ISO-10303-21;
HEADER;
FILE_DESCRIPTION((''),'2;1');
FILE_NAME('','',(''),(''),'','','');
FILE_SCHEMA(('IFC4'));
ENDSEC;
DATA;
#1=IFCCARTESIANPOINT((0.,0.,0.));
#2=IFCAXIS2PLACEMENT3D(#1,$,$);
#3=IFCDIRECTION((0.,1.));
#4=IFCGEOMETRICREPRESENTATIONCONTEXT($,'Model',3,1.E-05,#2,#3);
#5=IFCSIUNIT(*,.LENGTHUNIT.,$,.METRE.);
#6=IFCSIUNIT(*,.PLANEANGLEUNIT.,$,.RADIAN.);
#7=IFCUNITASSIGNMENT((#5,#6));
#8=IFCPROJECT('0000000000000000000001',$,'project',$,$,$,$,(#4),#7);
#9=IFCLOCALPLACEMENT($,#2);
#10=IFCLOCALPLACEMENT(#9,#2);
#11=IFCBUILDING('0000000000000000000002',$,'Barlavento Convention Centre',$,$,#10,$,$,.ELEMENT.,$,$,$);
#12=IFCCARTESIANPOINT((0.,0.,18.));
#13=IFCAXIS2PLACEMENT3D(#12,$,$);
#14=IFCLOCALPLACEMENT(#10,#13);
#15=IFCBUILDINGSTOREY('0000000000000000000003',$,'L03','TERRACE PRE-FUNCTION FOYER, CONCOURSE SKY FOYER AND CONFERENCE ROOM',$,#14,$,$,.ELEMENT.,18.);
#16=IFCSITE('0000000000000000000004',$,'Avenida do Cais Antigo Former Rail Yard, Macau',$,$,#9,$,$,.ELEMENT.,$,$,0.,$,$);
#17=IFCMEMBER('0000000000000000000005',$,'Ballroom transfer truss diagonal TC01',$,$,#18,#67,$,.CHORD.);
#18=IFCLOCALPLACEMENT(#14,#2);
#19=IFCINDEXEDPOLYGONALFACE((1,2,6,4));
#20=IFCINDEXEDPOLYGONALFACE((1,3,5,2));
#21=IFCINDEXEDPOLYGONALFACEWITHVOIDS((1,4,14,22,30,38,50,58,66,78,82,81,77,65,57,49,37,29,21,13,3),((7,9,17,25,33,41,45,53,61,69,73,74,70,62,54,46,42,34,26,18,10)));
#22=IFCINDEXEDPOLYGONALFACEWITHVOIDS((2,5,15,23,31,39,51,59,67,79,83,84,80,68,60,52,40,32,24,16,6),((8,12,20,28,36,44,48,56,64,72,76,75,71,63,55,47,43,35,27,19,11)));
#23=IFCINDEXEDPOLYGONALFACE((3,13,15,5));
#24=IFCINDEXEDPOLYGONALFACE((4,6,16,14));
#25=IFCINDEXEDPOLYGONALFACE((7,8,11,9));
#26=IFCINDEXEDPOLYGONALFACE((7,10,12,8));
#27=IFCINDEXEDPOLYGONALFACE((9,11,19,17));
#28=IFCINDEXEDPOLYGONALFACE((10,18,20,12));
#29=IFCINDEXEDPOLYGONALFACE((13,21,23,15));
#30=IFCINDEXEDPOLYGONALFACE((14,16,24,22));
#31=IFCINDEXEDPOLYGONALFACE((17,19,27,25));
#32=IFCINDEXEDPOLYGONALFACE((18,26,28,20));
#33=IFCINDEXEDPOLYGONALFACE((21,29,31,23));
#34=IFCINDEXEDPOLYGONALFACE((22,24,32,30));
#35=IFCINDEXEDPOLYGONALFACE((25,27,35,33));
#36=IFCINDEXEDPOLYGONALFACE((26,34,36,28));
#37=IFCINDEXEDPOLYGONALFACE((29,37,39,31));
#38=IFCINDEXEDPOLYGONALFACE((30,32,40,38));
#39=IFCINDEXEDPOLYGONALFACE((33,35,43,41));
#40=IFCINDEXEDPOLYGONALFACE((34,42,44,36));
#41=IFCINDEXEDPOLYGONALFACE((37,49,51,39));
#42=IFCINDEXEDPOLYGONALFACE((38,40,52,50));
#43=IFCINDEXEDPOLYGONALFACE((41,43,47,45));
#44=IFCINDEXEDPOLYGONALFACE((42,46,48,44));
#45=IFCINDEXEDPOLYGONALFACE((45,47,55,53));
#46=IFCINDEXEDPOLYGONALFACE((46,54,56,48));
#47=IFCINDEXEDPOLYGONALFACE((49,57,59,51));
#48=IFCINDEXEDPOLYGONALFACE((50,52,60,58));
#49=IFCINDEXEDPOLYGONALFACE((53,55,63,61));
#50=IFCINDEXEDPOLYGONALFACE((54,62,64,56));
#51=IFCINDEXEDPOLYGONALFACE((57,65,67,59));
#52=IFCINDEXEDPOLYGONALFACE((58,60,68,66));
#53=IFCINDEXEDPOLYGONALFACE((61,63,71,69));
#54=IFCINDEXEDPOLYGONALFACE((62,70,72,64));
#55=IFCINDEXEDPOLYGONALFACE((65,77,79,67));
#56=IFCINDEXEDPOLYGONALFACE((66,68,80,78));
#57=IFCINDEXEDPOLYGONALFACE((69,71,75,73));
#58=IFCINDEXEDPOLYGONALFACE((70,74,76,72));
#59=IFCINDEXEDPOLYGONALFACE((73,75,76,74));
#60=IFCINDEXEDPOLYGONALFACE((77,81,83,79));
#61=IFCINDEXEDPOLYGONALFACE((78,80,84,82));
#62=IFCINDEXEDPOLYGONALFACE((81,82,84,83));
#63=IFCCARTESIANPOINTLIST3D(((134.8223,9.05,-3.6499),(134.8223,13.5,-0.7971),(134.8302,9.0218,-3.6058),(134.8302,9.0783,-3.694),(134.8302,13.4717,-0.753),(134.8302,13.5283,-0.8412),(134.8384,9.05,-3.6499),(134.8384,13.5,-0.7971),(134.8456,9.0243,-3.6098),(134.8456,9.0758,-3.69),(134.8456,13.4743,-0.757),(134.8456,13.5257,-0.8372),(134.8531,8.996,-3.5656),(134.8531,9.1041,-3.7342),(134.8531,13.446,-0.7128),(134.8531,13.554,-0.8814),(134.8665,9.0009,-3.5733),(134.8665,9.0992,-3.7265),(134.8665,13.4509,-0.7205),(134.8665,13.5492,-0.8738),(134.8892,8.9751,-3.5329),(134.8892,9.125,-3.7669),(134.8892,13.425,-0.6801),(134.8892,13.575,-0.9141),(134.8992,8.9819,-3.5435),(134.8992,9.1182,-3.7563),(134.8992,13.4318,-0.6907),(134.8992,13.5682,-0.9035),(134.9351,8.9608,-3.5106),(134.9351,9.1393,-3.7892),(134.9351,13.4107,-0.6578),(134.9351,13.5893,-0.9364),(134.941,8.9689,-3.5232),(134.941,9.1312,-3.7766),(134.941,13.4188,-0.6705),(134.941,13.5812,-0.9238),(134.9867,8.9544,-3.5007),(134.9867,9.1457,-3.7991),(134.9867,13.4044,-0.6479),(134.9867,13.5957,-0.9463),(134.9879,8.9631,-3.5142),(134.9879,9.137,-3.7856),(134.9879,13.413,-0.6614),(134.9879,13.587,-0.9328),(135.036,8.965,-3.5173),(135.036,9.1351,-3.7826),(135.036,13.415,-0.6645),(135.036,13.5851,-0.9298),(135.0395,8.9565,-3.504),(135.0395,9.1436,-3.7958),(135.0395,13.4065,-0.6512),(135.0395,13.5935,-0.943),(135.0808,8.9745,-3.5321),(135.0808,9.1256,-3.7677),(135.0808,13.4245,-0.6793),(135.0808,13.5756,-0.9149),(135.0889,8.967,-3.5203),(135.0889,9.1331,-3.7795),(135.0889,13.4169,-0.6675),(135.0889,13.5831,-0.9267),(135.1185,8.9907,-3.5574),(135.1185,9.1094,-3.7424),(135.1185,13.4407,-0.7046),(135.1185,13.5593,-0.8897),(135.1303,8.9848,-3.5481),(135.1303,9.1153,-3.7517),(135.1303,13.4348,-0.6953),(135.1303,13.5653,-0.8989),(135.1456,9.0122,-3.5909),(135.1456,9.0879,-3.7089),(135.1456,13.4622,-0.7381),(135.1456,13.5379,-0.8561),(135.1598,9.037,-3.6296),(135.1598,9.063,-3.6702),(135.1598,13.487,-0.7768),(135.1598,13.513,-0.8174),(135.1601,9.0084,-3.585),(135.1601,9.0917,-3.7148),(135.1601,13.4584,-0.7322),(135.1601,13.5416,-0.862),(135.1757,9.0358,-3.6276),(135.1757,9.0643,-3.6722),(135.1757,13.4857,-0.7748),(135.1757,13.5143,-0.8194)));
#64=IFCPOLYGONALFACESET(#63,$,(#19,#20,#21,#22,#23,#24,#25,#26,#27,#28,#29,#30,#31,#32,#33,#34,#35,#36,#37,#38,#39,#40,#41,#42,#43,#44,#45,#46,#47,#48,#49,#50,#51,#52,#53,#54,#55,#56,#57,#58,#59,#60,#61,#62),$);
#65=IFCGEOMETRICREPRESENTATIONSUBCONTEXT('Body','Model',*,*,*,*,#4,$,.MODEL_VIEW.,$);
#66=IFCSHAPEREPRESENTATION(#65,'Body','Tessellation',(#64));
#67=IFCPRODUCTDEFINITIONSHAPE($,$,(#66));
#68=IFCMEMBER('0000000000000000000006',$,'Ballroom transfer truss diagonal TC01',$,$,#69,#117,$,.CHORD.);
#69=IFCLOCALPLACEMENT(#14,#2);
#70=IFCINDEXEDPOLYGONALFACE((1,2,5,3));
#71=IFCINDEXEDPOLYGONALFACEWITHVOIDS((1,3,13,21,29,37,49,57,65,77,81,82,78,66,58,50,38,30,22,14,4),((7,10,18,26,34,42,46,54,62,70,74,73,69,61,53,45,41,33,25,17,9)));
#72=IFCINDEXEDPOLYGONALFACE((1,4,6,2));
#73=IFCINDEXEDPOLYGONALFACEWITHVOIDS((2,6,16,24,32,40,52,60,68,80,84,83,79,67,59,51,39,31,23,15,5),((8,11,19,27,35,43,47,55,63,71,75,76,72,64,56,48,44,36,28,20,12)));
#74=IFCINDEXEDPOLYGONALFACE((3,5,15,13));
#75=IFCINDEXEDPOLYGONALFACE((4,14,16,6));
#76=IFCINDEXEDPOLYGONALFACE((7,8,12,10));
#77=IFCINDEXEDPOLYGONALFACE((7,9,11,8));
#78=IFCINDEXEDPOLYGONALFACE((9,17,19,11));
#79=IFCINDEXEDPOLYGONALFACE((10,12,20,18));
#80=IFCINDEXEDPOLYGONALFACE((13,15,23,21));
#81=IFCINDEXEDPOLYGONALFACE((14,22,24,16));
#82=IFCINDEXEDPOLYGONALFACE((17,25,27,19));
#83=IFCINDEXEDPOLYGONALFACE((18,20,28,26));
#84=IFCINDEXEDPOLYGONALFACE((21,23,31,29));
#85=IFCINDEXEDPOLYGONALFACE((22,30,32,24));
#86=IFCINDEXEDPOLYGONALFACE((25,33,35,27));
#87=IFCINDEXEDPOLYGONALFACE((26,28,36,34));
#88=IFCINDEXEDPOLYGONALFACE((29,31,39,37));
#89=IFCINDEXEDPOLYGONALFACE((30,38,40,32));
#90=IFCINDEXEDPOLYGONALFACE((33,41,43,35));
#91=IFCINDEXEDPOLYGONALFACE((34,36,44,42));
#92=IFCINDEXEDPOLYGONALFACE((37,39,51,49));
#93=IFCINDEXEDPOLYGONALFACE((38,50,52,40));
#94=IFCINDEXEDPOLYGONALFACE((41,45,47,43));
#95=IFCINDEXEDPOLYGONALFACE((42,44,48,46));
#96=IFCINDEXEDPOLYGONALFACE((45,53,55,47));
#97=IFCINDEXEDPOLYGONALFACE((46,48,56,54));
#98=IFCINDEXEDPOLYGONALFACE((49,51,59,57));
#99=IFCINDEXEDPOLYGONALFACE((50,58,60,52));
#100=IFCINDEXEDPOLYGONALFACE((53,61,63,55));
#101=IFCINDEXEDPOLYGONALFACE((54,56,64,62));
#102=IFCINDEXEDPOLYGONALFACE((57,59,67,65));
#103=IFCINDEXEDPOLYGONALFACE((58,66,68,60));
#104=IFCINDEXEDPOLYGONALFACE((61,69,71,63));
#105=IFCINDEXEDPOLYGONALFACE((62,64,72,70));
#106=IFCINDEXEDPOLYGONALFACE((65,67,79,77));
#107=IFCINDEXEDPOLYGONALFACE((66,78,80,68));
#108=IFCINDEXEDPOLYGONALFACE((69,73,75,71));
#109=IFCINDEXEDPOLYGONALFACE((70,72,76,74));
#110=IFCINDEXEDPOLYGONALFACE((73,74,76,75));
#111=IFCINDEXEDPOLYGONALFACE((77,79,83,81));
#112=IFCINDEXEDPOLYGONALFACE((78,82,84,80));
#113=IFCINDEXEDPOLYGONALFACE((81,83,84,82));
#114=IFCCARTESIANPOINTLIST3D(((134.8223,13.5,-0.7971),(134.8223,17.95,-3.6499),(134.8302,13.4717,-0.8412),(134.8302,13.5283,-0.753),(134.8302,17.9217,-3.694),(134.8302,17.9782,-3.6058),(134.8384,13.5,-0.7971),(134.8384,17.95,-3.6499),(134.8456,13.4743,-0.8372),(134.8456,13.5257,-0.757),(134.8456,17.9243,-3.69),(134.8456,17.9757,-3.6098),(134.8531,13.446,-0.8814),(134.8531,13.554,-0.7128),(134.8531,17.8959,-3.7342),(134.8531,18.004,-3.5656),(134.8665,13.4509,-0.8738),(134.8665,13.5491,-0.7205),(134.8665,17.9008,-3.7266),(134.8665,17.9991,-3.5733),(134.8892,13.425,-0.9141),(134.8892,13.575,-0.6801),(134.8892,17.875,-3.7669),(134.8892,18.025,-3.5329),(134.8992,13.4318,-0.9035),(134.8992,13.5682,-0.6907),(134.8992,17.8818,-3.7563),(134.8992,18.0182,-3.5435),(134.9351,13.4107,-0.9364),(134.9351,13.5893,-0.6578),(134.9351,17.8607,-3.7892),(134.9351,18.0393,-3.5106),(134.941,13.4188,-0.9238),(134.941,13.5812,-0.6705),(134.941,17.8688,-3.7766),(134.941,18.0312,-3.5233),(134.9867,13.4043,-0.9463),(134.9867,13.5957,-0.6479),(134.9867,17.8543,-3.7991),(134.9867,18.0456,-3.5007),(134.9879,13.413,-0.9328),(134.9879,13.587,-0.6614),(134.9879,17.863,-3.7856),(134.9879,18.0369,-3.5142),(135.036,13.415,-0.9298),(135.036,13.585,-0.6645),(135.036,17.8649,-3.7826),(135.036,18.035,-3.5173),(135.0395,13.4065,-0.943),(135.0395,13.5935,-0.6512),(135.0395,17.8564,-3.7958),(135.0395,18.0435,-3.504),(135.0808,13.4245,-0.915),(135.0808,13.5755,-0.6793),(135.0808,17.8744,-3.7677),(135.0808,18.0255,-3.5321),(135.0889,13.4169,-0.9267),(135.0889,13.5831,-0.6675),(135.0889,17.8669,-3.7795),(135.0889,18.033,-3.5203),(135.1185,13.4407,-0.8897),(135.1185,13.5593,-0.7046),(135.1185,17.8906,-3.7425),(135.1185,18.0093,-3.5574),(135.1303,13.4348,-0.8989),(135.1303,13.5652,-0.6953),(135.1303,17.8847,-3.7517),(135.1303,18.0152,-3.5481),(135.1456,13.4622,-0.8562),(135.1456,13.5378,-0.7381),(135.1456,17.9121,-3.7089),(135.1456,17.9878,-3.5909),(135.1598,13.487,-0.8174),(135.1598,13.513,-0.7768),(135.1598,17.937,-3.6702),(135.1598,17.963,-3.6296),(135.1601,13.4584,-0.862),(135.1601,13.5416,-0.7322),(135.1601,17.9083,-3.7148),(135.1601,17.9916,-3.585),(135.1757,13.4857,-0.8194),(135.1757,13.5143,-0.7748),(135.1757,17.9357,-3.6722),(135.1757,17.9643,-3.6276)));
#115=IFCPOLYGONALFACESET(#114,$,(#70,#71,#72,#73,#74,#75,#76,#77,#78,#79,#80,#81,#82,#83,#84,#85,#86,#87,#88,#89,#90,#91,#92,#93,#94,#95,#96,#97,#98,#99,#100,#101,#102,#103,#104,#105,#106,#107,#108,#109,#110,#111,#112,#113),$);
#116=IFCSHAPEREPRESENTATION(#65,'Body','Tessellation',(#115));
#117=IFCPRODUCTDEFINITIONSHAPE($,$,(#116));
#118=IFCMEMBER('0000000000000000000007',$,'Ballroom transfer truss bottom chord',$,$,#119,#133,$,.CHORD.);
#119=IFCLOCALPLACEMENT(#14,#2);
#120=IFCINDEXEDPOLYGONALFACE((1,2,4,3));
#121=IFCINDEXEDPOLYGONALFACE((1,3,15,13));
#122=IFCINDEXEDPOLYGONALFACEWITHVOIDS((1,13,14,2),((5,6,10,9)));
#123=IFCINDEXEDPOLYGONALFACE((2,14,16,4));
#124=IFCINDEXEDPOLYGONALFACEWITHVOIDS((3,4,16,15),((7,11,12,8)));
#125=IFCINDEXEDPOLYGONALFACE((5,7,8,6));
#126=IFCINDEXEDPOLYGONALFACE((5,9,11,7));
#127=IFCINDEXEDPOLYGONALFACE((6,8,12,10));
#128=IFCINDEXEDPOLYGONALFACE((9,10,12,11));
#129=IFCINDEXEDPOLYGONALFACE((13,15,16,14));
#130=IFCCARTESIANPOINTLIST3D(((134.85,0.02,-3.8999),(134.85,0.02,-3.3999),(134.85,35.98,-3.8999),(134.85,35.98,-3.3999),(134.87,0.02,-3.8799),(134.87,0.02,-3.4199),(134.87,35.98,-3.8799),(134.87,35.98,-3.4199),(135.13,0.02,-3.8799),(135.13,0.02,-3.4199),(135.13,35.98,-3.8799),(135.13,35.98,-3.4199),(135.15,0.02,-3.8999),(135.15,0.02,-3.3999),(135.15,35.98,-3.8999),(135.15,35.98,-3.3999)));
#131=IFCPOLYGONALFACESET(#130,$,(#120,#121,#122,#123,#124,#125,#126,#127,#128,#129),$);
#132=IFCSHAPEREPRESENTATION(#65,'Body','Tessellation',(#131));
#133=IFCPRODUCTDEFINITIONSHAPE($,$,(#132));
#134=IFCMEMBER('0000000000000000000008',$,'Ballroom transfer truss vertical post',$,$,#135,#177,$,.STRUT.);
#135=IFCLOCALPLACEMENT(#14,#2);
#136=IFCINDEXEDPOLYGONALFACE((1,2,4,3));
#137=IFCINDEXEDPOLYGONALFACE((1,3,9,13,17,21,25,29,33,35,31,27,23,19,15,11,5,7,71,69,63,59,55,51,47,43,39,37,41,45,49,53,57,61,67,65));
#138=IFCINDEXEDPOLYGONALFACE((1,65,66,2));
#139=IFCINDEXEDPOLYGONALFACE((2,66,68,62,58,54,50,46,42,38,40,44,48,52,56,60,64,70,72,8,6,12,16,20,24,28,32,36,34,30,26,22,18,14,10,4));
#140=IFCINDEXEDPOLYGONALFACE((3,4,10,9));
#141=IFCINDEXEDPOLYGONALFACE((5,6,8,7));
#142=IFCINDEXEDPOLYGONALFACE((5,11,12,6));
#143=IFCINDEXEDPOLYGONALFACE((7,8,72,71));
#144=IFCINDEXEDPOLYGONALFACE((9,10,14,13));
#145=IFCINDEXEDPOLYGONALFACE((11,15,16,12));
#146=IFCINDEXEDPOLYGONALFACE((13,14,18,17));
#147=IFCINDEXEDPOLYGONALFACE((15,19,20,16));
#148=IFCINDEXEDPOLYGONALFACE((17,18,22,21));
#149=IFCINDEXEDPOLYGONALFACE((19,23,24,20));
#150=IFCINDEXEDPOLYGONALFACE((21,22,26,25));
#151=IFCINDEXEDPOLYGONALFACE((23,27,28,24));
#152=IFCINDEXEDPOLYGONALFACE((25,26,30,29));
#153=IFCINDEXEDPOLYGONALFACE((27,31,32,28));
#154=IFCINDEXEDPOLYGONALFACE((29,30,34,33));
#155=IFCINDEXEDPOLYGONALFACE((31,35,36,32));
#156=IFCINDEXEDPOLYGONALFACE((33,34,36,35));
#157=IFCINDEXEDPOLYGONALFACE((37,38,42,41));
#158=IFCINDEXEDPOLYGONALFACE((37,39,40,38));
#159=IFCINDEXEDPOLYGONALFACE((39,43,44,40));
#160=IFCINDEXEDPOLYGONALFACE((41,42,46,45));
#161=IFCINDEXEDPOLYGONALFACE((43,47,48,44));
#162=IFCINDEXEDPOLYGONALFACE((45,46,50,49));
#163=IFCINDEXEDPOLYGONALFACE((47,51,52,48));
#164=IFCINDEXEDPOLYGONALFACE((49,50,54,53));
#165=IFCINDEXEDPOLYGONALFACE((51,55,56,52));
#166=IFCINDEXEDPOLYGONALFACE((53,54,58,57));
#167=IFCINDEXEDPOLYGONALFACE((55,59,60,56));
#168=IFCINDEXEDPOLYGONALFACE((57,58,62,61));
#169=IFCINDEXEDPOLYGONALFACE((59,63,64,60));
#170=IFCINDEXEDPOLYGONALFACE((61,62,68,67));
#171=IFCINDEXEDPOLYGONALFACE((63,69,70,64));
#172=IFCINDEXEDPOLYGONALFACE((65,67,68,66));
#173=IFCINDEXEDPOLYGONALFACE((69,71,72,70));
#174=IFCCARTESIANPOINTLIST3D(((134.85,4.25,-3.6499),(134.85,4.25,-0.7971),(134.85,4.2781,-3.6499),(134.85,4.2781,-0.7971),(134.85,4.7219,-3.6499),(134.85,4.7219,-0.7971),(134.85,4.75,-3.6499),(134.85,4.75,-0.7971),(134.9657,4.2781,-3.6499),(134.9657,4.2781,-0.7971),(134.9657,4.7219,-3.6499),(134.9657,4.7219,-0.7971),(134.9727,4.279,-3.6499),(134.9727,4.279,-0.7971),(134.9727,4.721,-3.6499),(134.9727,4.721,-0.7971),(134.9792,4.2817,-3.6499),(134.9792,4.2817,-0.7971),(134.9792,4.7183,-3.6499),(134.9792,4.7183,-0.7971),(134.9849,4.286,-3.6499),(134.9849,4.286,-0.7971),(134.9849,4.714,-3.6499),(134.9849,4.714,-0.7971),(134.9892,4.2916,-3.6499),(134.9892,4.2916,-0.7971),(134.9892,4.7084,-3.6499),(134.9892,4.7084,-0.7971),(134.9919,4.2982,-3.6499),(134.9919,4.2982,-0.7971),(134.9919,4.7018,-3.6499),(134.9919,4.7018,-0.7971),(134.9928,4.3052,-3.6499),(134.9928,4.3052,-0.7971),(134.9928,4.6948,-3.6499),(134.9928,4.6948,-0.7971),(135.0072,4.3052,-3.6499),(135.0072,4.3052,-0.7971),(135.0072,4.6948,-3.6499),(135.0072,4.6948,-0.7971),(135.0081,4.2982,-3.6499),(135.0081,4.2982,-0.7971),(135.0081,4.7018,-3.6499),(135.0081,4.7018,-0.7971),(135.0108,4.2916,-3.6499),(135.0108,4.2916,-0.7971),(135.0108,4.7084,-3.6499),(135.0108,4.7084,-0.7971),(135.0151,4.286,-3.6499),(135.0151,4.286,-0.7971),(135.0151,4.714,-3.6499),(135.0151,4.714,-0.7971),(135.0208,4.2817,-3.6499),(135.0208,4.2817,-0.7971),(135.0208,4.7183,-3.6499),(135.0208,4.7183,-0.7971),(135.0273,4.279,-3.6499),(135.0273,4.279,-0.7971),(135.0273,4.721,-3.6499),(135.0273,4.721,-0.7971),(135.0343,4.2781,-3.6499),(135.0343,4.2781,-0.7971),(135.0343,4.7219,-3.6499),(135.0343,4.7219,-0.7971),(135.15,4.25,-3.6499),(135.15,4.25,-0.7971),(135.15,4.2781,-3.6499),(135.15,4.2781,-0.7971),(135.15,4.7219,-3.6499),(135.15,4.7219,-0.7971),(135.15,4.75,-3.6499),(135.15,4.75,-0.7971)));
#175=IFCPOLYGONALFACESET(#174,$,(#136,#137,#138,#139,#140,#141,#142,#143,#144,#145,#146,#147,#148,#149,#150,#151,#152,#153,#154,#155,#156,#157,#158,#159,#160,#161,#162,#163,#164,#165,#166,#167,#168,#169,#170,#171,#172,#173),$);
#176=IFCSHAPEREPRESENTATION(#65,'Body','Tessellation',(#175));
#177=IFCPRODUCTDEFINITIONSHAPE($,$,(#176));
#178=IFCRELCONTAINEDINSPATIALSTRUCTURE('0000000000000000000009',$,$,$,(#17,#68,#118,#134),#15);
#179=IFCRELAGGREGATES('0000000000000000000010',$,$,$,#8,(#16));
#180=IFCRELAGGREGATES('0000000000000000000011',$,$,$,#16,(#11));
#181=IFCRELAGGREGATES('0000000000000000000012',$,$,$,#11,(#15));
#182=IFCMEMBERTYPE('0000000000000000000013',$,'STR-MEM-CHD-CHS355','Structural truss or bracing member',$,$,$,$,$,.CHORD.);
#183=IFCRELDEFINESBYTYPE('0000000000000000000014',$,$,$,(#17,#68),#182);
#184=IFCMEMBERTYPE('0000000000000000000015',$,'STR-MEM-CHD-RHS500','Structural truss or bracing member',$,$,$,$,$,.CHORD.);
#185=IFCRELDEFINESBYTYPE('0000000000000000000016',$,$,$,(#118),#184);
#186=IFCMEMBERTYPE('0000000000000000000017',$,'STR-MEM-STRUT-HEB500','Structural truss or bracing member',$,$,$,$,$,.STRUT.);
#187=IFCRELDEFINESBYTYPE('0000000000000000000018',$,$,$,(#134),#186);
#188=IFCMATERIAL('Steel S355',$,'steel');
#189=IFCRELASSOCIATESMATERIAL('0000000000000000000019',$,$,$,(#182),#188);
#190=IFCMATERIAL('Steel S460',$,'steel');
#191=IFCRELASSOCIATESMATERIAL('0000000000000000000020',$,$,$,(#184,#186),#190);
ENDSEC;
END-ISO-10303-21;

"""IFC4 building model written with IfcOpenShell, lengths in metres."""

from ifc_helpers import new_model, si_unit, direction, frame, origin, origin_2d, place, context, subcontext, project, spatial, hollow_rectangle, hollow_circle, i_section, extrude, material, material_profile, profile_set, type_object, element, save


model = new_model("IFC4")

# Units and contexts
model_context = context("Model", 3, precision=1e-05, world=origin(), true_north=direction((0.0, 1.0)))
body_context = subcontext(model_context, "Body", "Model", "MODEL_VIEW")
ifc_project = project(units=[si_unit("LENGTHUNIT", "METRE"), si_unit("PLANEANGLEUNIT", "RADIAN")], contexts=[model_context])

# Site, building, storey
site_placement = place(None, origin())
site = spatial("IfcSite", under=ifc_project, at=site_placement, Name="Avenida do Cais Antigo Former Rail Yard, Macau", CompositionType="ELEMENT", RefElevation=0.0)
building_placement = place(site_placement, origin())
building = spatial("IfcBuilding", under=site, at=building_placement, Name="Barlavento Convention Centre", CompositionType="ELEMENT")
storey_placement = place(building_placement, frame((0.0, 0.0, 18.0)))
storey = spatial("IfcBuildingStorey", under=building, at=storey_placement, Name="L03", Description="TERRACE PRE-FUNCTION FOYER, CONCOURSE SKY FOYER AND CONFERENCE ROOM", CompositionType="ELEMENT", Elevation=18.0)

# Shared definitions
ifc_material_1 = material(Name="Steel S355", Category="steel")

# Shared definitions
ifc_material_2 = material(Name="Steel S460", Category="steel")

# Members
ifc_material_profile_1 = material_profile(ifc_material_1, hollow_circle(Radius=0.1777, WallThickness=0.0161, at=origin_2d()), Name="CHS 355.6x16.0")
ifc_profile_set_1 = profile_set([ifc_material_profile_1], Name="Steel S355")
member_type_1 = type_object("IfcMemberType", Name="STR-MEM-CHD-CHS355", Description="Structural truss or bracing member", PredefinedType="CHORD", material=ifc_profile_set_1)
for number, where, z_axis, x_axis, name in (
    (1, (135.0, 9.05, -3.6499), (0.0, 0.841858, 0.5397), (-1.0, 0.0, 0.0), "Ballroom transfer truss diagonal TC01"),
    (2, (135.0, 13.5, -0.7971), (0.0, 0.841858, -0.5397), (-1.0, 0.0, 0.0), "Ballroom transfer truss diagonal TC01"),
):
    element("IfcMember", number, at=place(storey_placement, frame(where, z_axis=z_axis, x_axis=x_axis)), inside=storey, type_object=member_type_1, Name=name, PredefinedType="CHORD", context=body_context, shape_type="SweptSolid", body=[
        extrude(hollow_circle(Radius=0.1777, WallThickness=0.0161, at=origin_2d()), origin(), (0.0, 0.0, 1.0), 5.2859),
    ])
ifc_material_profile_2 = material_profile(ifc_material_2, hollow_rectangle(XDim=0.3, YDim=0.5, WallThickness=0.02, at=origin_2d()), Name="RHS 500x300x20.0")
ifc_profile_set_2 = profile_set([ifc_material_profile_2], Name="Steel S460")
member_type_2 = type_object("IfcMemberType", Name="STR-MEM-CHD-RHS500", Description="Structural truss or bracing member", PredefinedType="CHORD", material=ifc_profile_set_2)
member_1_placement = place(storey_placement, frame((135.0, 0.02, -3.6499), z_axis=(0.0, 1.0, 0.0), x_axis=(-1.0, 0.0, 0.0)))
element("IfcMember", 3, at=member_1_placement, inside=storey, type_object=member_type_2, Name="Ballroom transfer truss bottom chord", PredefinedType="CHORD", context=body_context, shape_type="SweptSolid", body=[
    extrude(hollow_rectangle(XDim=0.3, YDim=0.5, WallThickness=0.02, at=origin_2d()), origin(), (0.0, 0.0, 1.0), 35.96),
])
ifc_material_profile_3 = material_profile(ifc_material_2, i_section(OverallWidth=0.3, OverallDepth=0.5, WebThickness=0.0144, FlangeThickness=0.0281, FilletRadius=0.0271, at=origin_2d()), Name="HEB 500")
ifc_profile_set_3 = profile_set([ifc_material_profile_3], Name="Steel S460")
member_type_3 = type_object("IfcMemberType", Name="STR-MEM-STRUT-HEB500", Description="Structural truss or bracing member", PredefinedType="STRUT", material=ifc_profile_set_3)
for number, where, z_axis, x_axis, name in (
    (4, (135.0, 4.5, -3.6499), (0.0, 0.0, 1.0), (1.0, 0.0, 0.0), "Ballroom transfer truss vertical post"),
):
    element("IfcMember", number, at=place(storey_placement, frame(where, z_axis=z_axis, x_axis=x_axis)), inside=storey, type_object=member_type_3, Name=name, PredefinedType="STRUT", context=body_context, shape_type="SweptSolid", body=[
        extrude(i_section(OverallWidth=0.3, OverallDepth=0.5, WebThickness=0.0144, FlangeThickness=0.0281, FilletRadius=0.0271, at=origin_2d()), origin(), (0.0, 0.0, 1.0), 2.8528),
    ])

save(model, "model.ifc")
